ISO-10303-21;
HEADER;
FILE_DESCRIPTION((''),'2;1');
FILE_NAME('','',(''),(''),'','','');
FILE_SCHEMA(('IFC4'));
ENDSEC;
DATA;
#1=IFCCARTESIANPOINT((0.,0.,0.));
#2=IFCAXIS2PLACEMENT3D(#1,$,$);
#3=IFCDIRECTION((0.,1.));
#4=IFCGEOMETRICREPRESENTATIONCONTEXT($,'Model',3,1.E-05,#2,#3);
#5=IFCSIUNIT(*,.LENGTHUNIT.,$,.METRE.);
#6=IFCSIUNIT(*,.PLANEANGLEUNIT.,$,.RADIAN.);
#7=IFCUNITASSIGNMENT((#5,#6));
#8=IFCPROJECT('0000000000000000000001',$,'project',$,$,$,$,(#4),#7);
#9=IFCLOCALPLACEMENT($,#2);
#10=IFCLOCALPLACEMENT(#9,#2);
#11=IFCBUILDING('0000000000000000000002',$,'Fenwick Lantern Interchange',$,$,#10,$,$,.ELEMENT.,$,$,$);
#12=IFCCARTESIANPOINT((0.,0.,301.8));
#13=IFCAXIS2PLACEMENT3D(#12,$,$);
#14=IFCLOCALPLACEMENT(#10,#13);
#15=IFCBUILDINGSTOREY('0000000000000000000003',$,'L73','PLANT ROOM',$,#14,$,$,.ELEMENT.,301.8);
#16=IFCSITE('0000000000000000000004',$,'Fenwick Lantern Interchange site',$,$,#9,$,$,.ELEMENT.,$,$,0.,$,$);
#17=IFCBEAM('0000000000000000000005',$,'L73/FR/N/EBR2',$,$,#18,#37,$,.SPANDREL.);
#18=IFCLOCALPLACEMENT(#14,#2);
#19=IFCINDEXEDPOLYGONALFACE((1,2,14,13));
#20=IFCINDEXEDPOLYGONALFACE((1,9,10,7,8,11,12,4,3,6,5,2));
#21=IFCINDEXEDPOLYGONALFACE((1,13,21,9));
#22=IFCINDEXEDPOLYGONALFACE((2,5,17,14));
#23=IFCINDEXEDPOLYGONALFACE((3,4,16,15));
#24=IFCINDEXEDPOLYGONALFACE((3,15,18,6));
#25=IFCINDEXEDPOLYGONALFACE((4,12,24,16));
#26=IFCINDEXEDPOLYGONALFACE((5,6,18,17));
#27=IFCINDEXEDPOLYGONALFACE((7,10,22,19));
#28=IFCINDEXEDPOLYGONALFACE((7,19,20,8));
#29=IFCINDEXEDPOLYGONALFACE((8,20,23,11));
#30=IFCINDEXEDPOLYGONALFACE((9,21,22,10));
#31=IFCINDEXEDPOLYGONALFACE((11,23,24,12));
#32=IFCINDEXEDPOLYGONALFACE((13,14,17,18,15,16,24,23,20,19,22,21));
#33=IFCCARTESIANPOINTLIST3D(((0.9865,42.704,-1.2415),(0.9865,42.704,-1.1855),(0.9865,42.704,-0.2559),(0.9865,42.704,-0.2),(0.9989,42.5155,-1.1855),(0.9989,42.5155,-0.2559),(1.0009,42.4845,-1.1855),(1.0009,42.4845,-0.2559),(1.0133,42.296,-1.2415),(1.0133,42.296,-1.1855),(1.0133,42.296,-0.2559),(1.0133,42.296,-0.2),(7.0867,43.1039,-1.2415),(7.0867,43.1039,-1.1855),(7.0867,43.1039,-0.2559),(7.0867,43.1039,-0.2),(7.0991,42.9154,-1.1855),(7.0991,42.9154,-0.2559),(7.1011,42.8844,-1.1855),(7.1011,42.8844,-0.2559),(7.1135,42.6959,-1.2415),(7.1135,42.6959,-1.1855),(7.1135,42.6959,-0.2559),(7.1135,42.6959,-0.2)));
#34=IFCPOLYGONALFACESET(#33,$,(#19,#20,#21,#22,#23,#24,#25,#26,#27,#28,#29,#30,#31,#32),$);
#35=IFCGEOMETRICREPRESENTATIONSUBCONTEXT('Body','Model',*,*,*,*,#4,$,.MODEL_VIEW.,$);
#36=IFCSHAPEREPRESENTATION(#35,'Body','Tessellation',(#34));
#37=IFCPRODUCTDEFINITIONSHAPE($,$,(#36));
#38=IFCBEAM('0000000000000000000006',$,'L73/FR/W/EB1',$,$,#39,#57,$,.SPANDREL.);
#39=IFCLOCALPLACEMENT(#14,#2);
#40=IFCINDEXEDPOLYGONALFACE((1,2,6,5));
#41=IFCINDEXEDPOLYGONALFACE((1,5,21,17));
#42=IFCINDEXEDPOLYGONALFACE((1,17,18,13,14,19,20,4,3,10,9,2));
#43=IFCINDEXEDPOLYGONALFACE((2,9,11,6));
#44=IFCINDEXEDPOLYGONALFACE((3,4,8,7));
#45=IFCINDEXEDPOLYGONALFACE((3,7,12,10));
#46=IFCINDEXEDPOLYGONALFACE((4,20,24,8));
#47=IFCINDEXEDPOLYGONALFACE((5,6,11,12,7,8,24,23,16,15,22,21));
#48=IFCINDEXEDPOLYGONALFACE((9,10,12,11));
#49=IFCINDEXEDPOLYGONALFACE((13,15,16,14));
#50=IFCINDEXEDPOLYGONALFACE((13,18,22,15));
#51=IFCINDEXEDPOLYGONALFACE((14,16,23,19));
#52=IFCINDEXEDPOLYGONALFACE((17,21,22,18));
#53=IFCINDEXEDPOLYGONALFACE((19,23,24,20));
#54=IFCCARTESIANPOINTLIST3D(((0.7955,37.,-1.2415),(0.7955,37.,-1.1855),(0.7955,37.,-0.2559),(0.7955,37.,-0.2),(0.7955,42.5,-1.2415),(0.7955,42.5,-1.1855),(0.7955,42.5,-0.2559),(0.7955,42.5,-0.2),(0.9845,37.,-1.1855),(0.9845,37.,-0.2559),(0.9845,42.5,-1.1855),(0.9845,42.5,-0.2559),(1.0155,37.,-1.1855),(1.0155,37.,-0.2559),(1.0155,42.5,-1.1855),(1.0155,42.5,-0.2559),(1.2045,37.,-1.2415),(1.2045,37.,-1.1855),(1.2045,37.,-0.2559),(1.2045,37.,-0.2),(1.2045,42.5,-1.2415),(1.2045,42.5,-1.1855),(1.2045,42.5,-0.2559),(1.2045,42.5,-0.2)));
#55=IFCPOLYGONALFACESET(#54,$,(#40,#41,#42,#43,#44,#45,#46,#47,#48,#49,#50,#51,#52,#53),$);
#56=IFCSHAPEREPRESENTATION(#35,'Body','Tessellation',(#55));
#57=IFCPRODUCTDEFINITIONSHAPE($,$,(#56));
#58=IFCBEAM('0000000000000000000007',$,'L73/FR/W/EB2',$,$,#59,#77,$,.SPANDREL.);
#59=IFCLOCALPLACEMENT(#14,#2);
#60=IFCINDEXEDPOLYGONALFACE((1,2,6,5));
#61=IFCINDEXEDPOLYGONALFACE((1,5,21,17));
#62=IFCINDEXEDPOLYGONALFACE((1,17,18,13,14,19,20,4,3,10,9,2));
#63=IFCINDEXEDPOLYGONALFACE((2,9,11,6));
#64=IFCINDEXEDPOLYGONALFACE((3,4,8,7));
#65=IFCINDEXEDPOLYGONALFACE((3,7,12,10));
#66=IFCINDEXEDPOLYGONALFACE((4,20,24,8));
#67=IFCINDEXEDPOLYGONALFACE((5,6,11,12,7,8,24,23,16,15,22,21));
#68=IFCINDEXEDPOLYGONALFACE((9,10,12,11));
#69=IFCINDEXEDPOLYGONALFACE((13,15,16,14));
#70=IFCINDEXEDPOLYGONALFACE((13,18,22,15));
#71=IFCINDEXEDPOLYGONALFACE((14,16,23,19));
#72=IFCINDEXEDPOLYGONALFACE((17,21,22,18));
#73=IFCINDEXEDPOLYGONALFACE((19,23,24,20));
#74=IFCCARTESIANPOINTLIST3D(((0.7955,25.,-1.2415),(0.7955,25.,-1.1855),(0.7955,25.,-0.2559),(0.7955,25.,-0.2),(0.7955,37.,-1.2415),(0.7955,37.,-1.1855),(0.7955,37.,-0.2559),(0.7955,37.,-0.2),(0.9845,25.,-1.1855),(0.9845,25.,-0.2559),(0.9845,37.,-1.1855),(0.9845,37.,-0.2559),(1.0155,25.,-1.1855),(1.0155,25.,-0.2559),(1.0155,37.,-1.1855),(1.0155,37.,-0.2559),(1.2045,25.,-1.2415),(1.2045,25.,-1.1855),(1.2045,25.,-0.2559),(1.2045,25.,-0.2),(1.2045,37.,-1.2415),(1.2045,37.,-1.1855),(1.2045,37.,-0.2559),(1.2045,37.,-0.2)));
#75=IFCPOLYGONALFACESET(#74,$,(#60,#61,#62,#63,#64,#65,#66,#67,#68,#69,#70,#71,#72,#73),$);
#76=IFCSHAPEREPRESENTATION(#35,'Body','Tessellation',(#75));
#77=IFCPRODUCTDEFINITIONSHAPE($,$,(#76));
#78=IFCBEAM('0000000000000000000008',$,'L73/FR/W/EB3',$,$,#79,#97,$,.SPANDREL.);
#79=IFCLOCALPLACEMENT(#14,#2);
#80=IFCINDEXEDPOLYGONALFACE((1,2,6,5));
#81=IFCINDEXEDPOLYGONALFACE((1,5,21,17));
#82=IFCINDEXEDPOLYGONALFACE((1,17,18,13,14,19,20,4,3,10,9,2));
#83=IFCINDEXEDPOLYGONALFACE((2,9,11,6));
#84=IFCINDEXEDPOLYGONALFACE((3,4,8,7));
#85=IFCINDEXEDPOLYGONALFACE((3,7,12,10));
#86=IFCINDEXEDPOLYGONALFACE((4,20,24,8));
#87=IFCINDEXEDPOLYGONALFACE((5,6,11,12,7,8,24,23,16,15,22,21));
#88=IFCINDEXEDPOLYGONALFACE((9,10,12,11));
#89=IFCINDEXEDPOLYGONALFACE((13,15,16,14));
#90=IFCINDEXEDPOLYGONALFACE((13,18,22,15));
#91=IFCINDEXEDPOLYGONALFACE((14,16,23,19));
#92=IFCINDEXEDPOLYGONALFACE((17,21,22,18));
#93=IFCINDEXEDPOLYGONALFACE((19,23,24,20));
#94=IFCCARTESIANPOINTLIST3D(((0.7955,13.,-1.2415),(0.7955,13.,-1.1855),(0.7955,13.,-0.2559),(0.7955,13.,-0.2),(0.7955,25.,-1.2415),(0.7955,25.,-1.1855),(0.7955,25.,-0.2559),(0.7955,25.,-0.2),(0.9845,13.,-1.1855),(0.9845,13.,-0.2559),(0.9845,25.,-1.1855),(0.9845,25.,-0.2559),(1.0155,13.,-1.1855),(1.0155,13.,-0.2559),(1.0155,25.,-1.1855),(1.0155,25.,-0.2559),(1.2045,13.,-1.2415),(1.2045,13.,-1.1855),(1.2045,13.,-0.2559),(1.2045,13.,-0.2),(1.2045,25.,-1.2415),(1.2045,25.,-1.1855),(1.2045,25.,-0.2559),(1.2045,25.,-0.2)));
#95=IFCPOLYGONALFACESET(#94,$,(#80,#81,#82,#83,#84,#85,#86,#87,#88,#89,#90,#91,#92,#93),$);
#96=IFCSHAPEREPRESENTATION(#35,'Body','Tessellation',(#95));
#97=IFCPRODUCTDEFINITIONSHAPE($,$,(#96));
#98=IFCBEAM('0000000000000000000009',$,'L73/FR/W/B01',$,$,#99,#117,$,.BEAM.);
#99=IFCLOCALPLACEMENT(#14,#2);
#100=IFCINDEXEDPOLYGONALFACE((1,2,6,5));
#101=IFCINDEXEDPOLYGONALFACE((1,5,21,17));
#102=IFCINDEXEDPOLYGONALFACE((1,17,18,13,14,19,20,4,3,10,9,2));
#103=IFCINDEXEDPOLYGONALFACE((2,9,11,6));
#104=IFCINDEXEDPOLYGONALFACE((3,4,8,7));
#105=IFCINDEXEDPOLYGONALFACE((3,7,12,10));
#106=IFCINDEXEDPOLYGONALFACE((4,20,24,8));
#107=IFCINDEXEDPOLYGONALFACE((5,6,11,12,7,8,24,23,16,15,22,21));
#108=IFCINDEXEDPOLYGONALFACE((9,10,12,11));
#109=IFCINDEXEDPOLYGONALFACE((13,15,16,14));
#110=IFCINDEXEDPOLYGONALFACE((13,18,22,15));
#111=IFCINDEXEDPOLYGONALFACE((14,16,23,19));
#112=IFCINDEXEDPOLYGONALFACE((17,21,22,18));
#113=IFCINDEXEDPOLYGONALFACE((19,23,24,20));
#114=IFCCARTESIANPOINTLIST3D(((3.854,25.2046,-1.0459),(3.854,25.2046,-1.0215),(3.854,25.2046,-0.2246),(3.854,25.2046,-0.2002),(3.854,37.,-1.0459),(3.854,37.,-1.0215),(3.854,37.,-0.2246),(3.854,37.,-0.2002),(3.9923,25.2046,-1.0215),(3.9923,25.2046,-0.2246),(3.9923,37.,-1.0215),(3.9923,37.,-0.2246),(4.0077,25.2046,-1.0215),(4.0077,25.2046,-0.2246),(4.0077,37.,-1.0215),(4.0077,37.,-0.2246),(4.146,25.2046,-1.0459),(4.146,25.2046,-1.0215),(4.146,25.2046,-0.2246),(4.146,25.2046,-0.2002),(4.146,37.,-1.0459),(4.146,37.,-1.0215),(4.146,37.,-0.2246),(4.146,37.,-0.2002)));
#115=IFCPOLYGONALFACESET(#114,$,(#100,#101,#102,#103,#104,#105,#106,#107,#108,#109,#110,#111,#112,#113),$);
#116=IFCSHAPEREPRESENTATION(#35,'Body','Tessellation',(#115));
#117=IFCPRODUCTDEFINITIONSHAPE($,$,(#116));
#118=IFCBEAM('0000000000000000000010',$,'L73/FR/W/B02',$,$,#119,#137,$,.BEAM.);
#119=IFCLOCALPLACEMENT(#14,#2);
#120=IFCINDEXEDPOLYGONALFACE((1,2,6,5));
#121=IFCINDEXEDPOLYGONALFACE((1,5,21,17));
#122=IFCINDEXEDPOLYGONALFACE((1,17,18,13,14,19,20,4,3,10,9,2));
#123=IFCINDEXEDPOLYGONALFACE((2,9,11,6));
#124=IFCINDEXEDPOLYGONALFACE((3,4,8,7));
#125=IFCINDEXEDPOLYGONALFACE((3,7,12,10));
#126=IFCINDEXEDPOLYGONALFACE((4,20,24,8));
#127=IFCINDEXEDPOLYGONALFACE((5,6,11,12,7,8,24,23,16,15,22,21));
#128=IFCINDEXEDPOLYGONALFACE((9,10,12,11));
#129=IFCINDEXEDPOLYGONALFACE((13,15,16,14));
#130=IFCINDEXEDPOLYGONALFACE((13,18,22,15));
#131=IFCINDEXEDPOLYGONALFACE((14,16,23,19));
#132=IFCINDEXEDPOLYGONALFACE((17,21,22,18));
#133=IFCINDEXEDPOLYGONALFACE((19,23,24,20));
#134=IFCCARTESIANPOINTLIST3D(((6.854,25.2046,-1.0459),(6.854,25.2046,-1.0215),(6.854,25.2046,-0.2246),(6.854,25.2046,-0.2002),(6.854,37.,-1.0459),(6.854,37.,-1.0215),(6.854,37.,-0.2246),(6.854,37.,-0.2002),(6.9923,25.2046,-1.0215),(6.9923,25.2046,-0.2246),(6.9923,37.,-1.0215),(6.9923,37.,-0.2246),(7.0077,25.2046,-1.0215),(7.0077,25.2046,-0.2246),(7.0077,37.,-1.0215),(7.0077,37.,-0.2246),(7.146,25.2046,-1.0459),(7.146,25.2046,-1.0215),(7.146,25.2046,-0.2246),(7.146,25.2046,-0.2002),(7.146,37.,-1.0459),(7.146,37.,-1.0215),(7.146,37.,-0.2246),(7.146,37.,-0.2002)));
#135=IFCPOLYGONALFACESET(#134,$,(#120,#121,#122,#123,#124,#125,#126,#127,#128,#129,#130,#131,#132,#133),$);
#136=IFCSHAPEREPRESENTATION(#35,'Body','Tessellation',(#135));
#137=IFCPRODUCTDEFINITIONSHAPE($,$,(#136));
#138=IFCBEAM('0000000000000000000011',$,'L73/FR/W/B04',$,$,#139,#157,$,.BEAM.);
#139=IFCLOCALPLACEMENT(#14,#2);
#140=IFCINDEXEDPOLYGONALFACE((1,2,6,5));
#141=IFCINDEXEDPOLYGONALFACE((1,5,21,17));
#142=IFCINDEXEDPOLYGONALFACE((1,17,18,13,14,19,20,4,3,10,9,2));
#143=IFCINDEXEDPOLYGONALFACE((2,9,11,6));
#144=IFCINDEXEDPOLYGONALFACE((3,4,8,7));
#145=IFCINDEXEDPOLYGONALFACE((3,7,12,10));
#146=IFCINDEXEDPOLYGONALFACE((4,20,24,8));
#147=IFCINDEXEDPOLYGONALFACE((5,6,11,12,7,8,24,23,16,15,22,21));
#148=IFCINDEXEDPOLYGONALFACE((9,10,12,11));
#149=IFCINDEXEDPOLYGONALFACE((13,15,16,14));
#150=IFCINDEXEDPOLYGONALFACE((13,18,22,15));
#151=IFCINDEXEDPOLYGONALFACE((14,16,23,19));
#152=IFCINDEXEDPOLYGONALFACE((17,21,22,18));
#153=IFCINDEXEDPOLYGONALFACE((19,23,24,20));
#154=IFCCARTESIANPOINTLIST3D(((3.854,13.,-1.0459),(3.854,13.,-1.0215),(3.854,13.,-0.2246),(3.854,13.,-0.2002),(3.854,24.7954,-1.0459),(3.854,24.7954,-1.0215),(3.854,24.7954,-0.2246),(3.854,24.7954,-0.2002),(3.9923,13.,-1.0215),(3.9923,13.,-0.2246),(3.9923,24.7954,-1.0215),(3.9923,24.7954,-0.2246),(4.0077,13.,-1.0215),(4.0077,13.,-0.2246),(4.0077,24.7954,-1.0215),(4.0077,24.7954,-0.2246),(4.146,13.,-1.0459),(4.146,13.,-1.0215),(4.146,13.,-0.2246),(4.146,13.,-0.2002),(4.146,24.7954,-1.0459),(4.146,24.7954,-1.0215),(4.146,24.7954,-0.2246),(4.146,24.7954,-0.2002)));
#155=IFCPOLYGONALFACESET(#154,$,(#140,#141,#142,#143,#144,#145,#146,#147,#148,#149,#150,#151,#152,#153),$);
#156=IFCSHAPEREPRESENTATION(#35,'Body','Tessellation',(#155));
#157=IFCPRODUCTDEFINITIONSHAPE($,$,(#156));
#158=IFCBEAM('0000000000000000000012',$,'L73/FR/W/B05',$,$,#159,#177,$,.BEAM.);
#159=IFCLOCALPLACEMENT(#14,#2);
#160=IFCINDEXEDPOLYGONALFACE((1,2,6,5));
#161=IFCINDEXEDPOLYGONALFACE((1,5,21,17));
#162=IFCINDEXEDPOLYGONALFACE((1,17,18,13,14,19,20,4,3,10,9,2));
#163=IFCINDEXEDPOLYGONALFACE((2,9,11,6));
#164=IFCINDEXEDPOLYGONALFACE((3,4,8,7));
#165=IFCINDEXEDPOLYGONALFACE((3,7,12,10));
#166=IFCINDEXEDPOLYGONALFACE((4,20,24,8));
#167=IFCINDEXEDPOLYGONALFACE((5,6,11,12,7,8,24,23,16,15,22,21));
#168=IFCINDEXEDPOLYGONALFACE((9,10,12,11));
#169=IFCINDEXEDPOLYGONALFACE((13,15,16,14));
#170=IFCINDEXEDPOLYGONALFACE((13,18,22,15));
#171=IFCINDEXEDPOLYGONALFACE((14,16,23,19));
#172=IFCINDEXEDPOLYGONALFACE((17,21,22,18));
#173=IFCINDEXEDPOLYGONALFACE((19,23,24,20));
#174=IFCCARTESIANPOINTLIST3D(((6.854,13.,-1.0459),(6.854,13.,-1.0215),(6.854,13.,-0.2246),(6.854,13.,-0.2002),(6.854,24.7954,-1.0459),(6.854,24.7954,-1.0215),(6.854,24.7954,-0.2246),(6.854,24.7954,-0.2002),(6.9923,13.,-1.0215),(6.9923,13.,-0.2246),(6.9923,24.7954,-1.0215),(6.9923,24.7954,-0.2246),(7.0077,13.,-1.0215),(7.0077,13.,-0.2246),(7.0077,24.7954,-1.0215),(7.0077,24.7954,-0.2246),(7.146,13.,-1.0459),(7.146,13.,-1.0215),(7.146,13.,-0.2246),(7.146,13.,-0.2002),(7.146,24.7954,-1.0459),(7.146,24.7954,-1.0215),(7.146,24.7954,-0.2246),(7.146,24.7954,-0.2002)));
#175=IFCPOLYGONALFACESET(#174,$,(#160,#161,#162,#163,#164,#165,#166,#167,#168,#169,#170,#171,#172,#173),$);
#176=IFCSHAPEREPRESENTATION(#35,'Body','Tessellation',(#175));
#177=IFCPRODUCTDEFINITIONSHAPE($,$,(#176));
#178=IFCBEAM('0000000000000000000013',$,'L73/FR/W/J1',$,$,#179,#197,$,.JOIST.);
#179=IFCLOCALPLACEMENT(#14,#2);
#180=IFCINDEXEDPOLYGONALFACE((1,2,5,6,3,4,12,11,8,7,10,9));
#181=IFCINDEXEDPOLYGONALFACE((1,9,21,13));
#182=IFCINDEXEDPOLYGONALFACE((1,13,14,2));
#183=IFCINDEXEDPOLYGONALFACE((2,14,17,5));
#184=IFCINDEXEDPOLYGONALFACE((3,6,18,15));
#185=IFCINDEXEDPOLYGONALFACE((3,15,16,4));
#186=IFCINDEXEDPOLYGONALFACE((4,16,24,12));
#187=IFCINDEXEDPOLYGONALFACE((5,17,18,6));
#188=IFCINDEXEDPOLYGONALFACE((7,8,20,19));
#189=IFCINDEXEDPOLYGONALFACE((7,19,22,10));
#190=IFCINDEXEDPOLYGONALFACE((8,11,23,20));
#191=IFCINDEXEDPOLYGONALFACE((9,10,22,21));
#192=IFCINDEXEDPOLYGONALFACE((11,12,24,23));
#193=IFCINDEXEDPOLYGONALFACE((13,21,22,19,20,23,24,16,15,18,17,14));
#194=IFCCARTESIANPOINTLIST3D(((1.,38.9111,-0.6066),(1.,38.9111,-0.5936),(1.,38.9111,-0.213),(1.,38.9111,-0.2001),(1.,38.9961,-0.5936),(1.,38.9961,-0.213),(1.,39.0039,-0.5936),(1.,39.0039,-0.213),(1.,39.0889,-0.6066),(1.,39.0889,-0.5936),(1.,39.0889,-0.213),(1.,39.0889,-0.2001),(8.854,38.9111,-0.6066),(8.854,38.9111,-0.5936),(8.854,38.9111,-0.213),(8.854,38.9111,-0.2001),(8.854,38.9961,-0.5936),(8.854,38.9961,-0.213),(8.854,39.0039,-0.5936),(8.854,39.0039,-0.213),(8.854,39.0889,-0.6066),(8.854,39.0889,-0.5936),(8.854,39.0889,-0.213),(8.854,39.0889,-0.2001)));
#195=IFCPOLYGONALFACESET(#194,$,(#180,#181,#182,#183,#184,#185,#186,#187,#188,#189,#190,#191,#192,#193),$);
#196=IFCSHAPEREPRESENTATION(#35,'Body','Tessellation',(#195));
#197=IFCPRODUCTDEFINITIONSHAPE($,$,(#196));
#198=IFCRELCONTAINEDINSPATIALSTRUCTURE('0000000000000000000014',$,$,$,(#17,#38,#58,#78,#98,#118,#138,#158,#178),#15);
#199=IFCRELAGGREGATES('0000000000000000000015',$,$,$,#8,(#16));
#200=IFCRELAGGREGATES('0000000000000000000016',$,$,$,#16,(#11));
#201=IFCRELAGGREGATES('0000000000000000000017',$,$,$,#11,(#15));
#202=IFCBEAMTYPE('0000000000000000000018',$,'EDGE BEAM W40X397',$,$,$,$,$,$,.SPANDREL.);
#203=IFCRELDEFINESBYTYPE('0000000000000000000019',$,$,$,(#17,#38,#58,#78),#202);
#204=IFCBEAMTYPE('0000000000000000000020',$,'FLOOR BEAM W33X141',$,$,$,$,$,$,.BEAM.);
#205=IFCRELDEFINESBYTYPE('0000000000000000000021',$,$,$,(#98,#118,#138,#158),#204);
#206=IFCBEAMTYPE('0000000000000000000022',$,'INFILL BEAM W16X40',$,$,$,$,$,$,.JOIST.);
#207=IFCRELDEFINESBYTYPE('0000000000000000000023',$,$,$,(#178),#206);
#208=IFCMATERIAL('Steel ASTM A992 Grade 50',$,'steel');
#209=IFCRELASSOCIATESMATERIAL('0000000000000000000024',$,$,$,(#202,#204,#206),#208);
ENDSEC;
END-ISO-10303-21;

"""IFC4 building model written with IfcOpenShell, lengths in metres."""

from ifc_helpers import new_model, si_unit, direction, frame, origin, origin_2d, place, context, subcontext, project, spatial, i_section, extrude, material, material_profile, profile_set, type_object, element, save


model = new_model("IFC4")

# Units and contexts
model_context = context("Model", 3, precision=1e-05, world=origin(), true_north=direction((0.0, 1.0)))
body_context = subcontext(model_context, "Body", "Model", "MODEL_VIEW")
ifc_project = project(units=[si_unit("LENGTHUNIT", "METRE"), si_unit("PLANEANGLEUNIT", "RADIAN")], contexts=[model_context])

# Site, building, storey
site_placement = place(None, origin())
site = spatial("IfcSite", under=ifc_project, at=site_placement, Name="Fenwick Lantern Interchange site", CompositionType="ELEMENT", RefElevation=0.0)
building_placement = place(site_placement, origin())
building = spatial("IfcBuilding", under=site, at=building_placement, Name="Fenwick Lantern Interchange", CompositionType="ELEMENT")
storey_placement = place(building_placement, frame((0.0, 0.0, 301.8)))
storey = spatial("IfcBuildingStorey", under=building, at=storey_placement, Name="L73", Description="PLANT ROOM", CompositionType="ELEMENT", Elevation=301.8)

# Shared definitions
ifc_material_1 = material(Name="Steel ASTM A992 Grade 50", Category="steel")

# Beams
ifc_material_profile_1 = material_profile(ifc_material_1, i_section(OverallWidth=0.4089, OverallDepth=1.0415, WebThickness=0.031, FlangeThickness=0.0559, at=origin_2d()), Name="W40X397")
ifc_profile_set_1 = profile_set([ifc_material_profile_1], Name="Steel ASTM A992 Grade 50")
beam_type_1 = type_object("IfcBeamType", Name="EDGE BEAM W40X397", PredefinedType="SPANDREL", material=ifc_profile_set_1)
beam_1_placement = place(storey_placement, frame((7.1001, 42.8999, -0.7207), z_axis=(-0.997858, -0.065416, 0.0), x_axis=(0.065416, -0.997858, 0.0)))
element("IfcBeam", 1, at=beam_1_placement, inside=storey, type_object=beam_type_1, Name="L73/FR/N/EBR2", PredefinedType="SPANDREL", context=body_context, shape_type="SweptSolid", body=[
    extrude(i_section(OverallWidth=0.4089, OverallDepth=1.0415, WebThickness=0.031, FlangeThickness=0.0559, at=origin_2d()), origin(), (0.0, 0.0, 1.0), 6.1133),
])
beam_2_placement = place(storey_placement, frame((1.0, 42.5, -0.7207), z_axis=(0.0, -1.0, 0.0), x_axis=(1.0, 0.0, 0.0)))
element("IfcBeam", 2, at=beam_2_placement, inside=storey, type_object=beam_type_1, Name="L73/FR/W/EB1", PredefinedType="SPANDREL", context=body_context, shape_type="SweptSolid", body=[
    extrude(i_section(OverallWidth=0.4089, OverallDepth=1.0415, WebThickness=0.031, FlangeThickness=0.0559, at=origin_2d()), origin(), (0.0, 0.0, 1.0), 5.5),
])
for number, where, z_axis, x_axis, name in (
    (3, (1.0, 37.0, -0.7207), (0.0, -1.0, 0.0), (1.0, 0.0, 0.0), "L73/FR/W/EB2"),
    (4, (1.0, 25.0, -0.7207), (0.0, -1.0, 0.0), (1.0, 0.0, 0.0), "L73/FR/W/EB3"),
):
    element("IfcBeam", number, at=place(storey_placement, frame(where, z_axis=z_axis, x_axis=x_axis)), inside=storey, type_object=beam_type_1, Name=name, PredefinedType="SPANDREL", context=body_context, shape_type="SweptSolid", body=[
        extrude(i_section(OverallWidth=0.4089, OverallDepth=1.0415, WebThickness=0.031, FlangeThickness=0.0559, at=origin_2d()), origin(), (0.0, 0.0, 1.0), 12.0),
    ])
ifc_material_profile_2 = material_profile(ifc_material_1, i_section(OverallWidth=0.292, OverallDepth=0.8457, WebThickness=0.0154, FlangeThickness=0.0244, at=origin_2d()), Name="W33X141")
ifc_profile_set_2 = profile_set([ifc_material_profile_2], Name="Steel ASTM A992 Grade 50")
beam_type_2 = type_object("IfcBeamType", Name="FLOOR BEAM W33X141", PredefinedType="BEAM", material=ifc_profile_set_2)
for number, where, z_axis, x_axis, name in (
    (5, (4.0, 37.0, -0.623), (0.0, -1.0, 0.0), (1.0, 0.0, 0.0), "L73/FR/W/B01"),
    (6, (7.0, 37.0, -0.623), (0.0, -1.0, 0.0), (1.0, 0.0, 0.0), "L73/FR/W/B02"),
    (7, (4.0, 24.7954, -0.623), (0.0, -1.0, 0.0), (1.0, 0.0, 0.0), "L73/FR/W/B04"),
    (8, (7.0, 24.7954, -0.623), (0.0, -1.0, 0.0), (1.0, 0.0, 0.0), "L73/FR/W/B05"),
):
    element("IfcBeam", number, at=place(storey_placement, frame(where, z_axis=z_axis, x_axis=x_axis)), inside=storey, type_object=beam_type_2, Name=name, PredefinedType="BEAM", context=body_context, shape_type="SweptSolid", body=[
        extrude(i_section(OverallWidth=0.292, OverallDepth=0.8457, WebThickness=0.0154, FlangeThickness=0.0244, at=origin_2d()), origin(), (0.0, 0.0, 1.0), 11.7954),
    ])
ifc_material_profile_3 = material_profile(ifc_material_1, i_section(OverallWidth=0.1777, OverallDepth=0.4065, WebThickness=0.0078, FlangeThickness=0.0129, at=origin_2d()), Name="W16X40")
ifc_profile_set_3 = profile_set([ifc_material_profile_3], Name="Steel ASTM A992 Grade 50")
beam_type_3 = type_object("IfcBeamType", Name="INFILL BEAM W16X40", PredefinedType="JOIST", material=ifc_profile_set_3)
beam_3_placement = place(storey_placement, frame((1.0, 39.0, -0.4033), z_axis=(1.0, 0.0, 0.0), x_axis=(0.0, 1.0, 0.0)))
element("IfcBeam", 9, at=beam_3_placement, inside=storey, type_object=beam_type_3, Name="L73/FR/W/J1", PredefinedType="JOIST", context=body_context, shape_type="SweptSolid", body=[
    extrude(i_section(OverallWidth=0.1777, OverallDepth=0.4065, WebThickness=0.0078, FlangeThickness=0.0129, at=origin_2d()), origin(), (0.0, 0.0, 1.0), 7.854),
])

save(model, "model.ifc")
